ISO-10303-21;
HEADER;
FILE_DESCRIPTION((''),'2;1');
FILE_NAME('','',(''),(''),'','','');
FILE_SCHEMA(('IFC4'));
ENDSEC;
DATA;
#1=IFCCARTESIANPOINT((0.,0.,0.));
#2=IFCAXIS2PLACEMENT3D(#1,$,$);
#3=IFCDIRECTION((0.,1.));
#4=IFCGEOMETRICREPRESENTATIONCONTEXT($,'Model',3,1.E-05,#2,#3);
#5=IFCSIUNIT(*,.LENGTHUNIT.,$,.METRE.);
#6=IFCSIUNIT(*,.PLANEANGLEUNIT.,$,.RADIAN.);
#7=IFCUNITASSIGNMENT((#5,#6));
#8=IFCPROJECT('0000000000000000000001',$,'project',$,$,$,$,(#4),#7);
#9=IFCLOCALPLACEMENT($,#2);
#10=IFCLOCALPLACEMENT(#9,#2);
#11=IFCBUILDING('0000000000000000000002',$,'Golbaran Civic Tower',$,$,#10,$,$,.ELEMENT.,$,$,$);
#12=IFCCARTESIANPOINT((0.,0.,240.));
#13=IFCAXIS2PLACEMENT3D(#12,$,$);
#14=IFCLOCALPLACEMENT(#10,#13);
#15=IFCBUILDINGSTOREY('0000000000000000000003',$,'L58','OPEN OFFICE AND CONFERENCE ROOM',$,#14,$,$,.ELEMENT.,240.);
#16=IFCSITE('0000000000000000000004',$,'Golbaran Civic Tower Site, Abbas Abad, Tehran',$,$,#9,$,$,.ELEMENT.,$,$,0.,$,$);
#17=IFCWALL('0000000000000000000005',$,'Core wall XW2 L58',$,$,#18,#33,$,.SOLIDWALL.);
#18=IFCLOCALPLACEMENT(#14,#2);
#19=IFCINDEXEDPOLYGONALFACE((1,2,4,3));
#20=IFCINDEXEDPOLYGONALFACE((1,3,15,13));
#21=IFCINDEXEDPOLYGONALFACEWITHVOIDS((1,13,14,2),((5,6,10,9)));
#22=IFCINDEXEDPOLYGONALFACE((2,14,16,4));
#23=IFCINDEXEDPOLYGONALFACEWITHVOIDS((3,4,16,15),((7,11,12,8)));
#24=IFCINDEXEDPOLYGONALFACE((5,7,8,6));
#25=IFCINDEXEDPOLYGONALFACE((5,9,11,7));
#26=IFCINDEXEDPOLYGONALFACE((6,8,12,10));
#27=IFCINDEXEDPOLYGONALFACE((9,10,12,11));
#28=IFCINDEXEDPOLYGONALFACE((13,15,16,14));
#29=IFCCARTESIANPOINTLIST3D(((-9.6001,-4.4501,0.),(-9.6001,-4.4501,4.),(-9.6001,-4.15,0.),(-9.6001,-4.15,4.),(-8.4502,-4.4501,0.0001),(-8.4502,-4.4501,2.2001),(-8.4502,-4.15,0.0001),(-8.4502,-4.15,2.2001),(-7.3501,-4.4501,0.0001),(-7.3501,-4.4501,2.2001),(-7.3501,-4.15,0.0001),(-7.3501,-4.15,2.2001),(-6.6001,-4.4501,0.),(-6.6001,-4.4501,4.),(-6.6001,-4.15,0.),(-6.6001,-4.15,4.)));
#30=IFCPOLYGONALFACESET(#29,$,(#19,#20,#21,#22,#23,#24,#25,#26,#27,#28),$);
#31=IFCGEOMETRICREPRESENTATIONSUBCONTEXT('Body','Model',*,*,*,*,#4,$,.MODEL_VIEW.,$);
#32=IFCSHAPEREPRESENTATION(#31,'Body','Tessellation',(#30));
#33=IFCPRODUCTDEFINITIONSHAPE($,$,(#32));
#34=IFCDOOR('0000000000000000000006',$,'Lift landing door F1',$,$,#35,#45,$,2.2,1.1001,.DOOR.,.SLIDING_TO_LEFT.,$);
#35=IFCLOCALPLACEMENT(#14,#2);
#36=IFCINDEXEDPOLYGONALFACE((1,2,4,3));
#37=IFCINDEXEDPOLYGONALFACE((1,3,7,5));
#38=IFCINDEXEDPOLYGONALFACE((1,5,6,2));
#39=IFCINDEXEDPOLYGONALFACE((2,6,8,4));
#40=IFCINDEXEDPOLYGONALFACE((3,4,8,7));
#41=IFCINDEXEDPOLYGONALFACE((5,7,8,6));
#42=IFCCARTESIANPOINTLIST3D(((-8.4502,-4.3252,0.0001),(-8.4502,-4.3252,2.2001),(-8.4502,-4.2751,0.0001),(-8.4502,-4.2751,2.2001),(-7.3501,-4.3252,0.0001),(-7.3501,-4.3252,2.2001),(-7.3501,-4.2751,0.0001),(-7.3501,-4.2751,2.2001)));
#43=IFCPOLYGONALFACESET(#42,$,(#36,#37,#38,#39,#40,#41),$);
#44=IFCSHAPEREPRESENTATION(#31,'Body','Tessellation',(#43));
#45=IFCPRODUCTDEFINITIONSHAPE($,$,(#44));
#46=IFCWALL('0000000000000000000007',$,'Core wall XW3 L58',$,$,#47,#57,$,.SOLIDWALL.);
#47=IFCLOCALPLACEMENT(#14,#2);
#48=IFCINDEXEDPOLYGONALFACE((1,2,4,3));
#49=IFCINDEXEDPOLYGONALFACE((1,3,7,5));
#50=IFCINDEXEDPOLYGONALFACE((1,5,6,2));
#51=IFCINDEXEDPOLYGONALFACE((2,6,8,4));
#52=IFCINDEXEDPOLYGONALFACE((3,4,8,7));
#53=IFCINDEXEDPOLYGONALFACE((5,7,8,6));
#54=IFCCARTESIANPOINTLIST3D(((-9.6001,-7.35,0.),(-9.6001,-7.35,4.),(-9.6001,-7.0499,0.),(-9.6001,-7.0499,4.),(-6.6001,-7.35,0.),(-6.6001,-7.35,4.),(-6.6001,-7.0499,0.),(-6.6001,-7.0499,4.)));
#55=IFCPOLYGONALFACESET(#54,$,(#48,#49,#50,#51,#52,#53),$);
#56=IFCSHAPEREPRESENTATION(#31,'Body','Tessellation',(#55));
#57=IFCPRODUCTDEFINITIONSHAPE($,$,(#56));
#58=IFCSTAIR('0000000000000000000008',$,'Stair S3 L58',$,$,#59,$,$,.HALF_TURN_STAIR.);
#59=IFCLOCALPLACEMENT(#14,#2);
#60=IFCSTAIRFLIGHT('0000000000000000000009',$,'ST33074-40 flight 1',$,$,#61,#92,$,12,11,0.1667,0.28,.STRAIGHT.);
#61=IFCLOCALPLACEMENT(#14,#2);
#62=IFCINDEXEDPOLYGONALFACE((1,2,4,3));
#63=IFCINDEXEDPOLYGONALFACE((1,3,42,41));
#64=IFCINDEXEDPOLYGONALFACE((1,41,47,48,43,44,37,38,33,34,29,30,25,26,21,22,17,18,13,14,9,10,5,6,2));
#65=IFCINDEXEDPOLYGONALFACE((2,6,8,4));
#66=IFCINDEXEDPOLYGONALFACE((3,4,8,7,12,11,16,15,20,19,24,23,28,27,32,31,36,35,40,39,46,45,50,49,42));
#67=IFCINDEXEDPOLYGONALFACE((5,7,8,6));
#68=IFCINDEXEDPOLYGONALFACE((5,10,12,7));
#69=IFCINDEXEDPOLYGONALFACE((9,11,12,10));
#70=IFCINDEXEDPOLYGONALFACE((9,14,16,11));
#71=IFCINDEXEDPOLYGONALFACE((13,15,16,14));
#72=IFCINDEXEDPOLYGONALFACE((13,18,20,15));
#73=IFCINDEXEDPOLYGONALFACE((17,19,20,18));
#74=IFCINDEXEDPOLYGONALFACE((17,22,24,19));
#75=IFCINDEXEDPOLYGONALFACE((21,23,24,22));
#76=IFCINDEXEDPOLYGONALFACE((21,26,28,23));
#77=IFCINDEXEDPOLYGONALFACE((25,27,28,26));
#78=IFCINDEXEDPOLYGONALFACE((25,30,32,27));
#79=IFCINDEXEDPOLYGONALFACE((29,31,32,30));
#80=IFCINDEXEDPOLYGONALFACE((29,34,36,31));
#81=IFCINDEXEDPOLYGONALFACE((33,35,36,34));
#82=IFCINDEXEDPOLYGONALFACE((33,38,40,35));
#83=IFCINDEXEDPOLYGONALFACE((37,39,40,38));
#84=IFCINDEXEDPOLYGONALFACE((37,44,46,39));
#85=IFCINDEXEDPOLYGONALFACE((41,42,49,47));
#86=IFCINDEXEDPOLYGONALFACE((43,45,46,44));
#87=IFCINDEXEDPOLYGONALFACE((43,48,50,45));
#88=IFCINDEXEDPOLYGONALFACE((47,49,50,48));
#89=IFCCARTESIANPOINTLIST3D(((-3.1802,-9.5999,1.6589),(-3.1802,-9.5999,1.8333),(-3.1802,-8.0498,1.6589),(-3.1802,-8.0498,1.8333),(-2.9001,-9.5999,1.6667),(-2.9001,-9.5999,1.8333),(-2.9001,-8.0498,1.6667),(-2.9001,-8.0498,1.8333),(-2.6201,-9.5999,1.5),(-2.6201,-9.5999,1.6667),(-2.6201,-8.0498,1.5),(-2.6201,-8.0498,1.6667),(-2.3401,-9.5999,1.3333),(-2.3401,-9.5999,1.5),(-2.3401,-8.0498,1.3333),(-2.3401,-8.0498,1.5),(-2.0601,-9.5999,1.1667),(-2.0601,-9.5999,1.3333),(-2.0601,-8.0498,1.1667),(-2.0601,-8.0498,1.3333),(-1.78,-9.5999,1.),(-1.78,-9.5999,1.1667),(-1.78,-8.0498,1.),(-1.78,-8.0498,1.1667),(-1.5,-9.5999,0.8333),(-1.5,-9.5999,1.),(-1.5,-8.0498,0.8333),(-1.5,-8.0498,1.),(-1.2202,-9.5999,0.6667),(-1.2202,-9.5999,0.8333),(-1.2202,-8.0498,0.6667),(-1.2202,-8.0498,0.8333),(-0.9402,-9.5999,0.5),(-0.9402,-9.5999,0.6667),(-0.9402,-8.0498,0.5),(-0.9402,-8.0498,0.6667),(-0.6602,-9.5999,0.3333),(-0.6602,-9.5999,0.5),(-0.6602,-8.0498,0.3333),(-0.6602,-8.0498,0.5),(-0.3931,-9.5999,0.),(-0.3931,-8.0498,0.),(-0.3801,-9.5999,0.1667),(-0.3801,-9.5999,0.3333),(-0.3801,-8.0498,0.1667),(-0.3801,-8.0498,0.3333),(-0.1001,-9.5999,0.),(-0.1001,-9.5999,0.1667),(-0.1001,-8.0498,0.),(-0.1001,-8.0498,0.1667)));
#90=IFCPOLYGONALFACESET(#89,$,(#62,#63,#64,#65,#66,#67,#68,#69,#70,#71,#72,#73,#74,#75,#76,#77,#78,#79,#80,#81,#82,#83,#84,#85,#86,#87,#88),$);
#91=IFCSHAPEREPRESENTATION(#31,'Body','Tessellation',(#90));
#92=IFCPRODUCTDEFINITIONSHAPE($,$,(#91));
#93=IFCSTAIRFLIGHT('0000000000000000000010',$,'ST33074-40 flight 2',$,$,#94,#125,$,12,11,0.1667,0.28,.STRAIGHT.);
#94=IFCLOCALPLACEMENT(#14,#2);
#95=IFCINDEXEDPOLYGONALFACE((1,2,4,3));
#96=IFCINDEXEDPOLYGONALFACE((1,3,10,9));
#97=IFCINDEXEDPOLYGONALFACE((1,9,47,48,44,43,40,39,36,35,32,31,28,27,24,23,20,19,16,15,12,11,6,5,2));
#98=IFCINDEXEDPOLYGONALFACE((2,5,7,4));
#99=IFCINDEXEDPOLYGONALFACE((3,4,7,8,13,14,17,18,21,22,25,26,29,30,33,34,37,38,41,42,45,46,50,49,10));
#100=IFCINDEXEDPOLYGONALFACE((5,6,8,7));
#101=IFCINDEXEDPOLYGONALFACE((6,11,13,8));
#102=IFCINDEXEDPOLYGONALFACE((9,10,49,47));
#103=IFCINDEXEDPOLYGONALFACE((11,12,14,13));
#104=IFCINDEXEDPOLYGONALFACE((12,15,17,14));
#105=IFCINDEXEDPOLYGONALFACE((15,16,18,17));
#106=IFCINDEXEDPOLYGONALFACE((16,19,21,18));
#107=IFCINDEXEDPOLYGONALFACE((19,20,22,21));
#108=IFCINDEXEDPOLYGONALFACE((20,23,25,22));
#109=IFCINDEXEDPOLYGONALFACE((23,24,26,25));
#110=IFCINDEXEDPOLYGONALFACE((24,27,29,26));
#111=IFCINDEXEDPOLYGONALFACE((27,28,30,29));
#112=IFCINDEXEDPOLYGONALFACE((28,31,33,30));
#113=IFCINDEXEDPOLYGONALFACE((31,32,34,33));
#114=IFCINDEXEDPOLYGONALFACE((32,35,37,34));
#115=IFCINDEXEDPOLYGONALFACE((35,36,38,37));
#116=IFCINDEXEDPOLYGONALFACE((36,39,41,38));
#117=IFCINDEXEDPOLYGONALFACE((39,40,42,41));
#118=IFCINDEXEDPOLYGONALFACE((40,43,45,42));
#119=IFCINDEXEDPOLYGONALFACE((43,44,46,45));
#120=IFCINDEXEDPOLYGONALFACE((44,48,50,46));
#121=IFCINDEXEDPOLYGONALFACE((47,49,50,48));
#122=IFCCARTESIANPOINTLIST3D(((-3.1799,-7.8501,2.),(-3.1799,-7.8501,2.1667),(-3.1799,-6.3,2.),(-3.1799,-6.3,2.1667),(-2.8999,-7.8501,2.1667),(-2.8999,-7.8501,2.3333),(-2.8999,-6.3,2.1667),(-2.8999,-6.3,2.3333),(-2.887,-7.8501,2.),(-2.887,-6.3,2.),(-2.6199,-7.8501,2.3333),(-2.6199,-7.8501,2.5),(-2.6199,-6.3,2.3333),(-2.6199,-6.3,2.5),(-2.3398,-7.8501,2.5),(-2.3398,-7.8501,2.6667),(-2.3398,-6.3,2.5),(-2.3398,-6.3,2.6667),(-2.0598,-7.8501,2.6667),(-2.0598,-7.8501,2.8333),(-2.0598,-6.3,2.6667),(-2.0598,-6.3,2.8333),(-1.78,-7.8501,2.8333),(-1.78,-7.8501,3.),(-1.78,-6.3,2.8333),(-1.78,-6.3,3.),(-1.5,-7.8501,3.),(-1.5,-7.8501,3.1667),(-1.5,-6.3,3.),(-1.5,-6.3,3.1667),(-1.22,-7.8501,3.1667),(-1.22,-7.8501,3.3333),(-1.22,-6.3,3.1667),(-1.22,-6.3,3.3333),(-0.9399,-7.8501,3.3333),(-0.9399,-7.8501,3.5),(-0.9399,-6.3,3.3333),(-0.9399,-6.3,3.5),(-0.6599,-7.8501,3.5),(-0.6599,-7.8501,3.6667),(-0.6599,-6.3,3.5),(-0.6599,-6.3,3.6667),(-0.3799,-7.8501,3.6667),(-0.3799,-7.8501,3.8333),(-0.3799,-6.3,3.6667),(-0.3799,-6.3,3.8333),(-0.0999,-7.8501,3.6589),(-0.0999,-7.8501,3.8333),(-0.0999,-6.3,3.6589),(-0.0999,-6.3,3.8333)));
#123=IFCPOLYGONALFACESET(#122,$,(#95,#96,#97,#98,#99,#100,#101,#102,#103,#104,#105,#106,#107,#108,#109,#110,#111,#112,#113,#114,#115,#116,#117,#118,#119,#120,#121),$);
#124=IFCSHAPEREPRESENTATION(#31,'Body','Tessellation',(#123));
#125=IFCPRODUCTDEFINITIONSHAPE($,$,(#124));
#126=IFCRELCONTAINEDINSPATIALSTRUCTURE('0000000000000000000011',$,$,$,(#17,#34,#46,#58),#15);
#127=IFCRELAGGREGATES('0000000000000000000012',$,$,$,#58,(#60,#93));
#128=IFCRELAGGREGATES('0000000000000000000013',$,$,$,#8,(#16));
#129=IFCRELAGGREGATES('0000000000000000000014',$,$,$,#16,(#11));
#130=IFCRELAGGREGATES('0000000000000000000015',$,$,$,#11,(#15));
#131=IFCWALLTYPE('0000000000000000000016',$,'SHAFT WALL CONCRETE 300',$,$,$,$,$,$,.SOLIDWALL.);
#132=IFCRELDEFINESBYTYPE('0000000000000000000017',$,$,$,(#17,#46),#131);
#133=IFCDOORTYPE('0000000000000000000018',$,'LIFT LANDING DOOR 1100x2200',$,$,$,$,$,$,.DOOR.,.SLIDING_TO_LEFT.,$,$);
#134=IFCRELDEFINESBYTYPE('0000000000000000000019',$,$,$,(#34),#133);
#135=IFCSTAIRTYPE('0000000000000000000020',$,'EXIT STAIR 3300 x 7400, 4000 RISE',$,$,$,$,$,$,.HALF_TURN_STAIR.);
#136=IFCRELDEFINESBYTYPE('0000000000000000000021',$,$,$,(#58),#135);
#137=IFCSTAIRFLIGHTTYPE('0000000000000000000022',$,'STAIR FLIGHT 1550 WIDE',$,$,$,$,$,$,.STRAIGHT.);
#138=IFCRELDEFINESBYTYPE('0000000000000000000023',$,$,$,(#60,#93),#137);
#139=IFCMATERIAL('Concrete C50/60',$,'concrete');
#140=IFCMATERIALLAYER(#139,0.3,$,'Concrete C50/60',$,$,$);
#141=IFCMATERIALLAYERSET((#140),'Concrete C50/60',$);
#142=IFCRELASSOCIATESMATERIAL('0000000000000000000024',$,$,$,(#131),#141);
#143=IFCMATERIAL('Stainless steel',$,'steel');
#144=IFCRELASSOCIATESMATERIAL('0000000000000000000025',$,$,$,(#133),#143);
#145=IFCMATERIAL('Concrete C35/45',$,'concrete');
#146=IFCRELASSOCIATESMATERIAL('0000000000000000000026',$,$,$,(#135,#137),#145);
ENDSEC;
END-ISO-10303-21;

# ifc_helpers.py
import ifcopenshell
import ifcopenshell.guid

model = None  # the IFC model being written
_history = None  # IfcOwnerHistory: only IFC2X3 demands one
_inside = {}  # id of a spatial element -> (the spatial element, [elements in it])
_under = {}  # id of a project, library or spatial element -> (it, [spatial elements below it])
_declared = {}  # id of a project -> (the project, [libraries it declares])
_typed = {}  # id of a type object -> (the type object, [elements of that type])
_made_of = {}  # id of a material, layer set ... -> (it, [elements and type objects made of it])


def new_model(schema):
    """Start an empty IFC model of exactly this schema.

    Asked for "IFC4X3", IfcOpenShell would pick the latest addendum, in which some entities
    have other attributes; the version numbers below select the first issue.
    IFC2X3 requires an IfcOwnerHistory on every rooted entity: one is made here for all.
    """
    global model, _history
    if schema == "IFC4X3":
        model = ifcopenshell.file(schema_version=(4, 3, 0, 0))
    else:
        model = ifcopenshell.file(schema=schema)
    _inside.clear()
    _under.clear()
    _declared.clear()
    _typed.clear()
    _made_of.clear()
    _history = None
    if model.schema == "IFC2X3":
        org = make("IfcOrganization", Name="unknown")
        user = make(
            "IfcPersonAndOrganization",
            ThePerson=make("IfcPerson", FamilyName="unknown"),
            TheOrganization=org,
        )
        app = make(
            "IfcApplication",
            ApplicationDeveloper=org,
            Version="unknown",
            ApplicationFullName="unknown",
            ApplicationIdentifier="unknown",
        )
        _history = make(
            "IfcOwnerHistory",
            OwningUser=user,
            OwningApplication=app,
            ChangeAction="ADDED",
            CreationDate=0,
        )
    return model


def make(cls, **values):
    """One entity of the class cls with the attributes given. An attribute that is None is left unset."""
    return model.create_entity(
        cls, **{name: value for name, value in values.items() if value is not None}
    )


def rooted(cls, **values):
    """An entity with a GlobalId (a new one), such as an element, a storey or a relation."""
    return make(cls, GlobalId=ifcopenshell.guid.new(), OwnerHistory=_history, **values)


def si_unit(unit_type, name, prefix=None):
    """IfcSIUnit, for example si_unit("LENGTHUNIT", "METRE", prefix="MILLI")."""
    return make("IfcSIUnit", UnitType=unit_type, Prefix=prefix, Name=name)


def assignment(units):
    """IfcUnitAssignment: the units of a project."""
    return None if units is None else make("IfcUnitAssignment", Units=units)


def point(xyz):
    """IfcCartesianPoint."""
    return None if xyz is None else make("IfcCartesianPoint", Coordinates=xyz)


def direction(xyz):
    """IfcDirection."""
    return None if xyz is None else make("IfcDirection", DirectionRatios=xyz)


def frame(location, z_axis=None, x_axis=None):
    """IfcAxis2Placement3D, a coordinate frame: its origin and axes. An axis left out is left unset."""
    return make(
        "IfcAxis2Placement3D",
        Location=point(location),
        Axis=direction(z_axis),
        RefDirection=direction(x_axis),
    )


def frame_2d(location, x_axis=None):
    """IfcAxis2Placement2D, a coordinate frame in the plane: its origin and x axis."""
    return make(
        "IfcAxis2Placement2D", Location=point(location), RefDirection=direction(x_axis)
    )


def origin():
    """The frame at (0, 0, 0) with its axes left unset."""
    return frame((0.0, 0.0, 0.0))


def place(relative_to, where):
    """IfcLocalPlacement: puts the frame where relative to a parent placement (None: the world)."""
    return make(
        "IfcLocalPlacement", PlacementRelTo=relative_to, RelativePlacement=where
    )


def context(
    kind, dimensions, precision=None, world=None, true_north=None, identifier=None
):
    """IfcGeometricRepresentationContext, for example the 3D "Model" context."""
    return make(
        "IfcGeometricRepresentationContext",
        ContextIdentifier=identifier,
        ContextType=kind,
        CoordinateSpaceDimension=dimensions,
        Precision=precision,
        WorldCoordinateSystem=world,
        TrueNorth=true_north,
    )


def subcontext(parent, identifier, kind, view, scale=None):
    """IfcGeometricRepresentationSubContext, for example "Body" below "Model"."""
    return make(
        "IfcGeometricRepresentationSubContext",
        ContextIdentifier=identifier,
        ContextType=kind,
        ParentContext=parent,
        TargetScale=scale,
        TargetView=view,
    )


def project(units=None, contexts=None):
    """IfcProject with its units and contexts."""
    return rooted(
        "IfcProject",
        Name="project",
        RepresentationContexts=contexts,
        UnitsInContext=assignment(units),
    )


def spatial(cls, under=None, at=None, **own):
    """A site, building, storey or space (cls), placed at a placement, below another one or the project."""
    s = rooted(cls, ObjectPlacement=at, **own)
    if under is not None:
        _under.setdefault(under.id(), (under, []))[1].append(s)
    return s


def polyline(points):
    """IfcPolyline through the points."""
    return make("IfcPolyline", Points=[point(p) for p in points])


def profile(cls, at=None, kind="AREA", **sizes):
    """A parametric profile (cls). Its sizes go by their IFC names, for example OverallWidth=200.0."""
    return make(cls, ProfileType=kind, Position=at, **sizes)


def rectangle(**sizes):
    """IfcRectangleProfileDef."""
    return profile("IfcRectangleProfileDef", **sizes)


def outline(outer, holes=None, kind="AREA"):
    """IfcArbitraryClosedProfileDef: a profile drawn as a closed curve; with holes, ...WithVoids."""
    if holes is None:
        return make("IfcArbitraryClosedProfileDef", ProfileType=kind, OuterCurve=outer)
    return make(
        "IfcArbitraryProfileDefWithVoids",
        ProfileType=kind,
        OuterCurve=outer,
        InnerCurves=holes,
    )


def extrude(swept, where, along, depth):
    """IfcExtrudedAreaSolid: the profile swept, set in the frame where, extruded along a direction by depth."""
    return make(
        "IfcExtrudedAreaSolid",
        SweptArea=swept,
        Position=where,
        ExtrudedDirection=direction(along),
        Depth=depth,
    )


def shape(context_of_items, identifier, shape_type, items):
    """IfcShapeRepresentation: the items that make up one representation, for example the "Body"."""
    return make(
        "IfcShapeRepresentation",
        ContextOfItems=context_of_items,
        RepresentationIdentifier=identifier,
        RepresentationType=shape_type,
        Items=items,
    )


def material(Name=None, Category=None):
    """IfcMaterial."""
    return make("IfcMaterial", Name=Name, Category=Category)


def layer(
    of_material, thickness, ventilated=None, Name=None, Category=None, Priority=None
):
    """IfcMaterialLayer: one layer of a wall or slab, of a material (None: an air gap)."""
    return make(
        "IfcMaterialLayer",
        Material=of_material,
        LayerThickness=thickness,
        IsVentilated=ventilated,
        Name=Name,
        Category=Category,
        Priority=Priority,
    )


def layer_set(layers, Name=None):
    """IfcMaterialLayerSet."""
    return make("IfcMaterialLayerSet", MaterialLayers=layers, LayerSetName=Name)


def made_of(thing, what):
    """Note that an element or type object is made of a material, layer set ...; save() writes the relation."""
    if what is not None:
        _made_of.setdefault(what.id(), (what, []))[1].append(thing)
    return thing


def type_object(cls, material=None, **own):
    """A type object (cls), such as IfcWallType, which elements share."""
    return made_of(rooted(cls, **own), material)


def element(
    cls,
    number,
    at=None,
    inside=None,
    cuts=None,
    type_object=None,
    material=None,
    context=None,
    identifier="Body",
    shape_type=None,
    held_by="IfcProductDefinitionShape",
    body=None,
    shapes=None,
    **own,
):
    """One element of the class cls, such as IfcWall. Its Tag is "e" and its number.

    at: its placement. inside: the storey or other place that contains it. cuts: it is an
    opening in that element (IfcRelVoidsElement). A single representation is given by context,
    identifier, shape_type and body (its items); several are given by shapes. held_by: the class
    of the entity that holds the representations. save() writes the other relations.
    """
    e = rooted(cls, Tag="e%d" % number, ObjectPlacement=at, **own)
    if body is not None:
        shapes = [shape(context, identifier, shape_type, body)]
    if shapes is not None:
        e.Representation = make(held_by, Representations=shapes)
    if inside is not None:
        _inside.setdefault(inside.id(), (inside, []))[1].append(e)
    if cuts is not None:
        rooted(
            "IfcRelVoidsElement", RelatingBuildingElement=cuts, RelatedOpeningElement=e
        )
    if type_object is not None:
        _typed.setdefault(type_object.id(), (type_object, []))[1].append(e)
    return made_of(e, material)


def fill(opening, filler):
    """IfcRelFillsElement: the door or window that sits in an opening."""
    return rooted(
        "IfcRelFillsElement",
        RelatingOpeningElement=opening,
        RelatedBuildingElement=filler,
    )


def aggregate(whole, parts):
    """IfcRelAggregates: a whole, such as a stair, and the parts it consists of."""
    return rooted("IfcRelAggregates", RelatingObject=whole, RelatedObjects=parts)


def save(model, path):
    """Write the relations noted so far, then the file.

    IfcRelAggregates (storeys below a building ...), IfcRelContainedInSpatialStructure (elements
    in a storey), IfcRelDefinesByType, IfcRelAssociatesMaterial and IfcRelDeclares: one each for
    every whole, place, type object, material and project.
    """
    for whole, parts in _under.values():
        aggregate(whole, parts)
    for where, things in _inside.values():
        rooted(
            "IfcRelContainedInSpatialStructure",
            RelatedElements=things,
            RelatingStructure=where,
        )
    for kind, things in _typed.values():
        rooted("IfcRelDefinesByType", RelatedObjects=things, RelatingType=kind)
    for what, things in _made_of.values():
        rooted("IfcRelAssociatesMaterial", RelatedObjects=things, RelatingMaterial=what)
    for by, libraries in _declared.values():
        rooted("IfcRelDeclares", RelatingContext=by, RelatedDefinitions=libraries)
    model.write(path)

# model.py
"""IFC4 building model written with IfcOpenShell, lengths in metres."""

from ifc_helpers import new_model, si_unit, direction, frame, frame_2d, origin, place, context, subcontext, project, spatial, polyline, rectangle, outline, extrude, material, layer, layer_set, type_object, element, fill, aggregate, save


model = new_model("IFC4")

# Units and contexts
model_context = context("Model", 3, precision=1e-05, world=origin(), true_north=direction((0.0, 1.0)))
body_context = subcontext(model_context, "Body", "Model", "MODEL_VIEW")
ifc_project = project(units=[si_unit("LENGTHUNIT", "METRE"), si_unit("PLANEANGLEUNIT", "RADIAN")], contexts=[model_context])

# Site, building, storey
site_placement = place(None, origin())
site = spatial("IfcSite", under=ifc_project, at=site_placement, Name="Golbaran Civic Tower Site, Abbas Abad, Tehran", CompositionType="ELEMENT", RefElevation=0.0)
building_placement = place(site_placement, origin())
building = spatial("IfcBuilding", under=site, at=building_placement, Name="Golbaran Civic Tower", CompositionType="ELEMENT")
storey_placement = place(building_placement, frame((0.0, 0.0, 240.0)))
storey = spatial("IfcBuildingStorey", under=building, at=storey_placement, Name="L58", Description="OPEN OFFICE AND CONFERENCE ROOM", CompositionType="ELEMENT", Elevation=240.0)

# Shared definitions
ifc_material_1 = material(Name="Concrete C50/60", Category="concrete")

# Shared definitions
ifc_layer_1 = layer(ifc_material_1, 0.3, Name="Concrete C50/60")
ifc_layer_set_1 = layer_set([ifc_layer_1], Name="Concrete C50/60")
wall_type_1 = type_object("IfcWallType", Name="SHAFT WALL CONCRETE 300", PredefinedType="SOLIDWALL", material=ifc_layer_set_1)

# Wall, opening, door
wall_1_placement = place(storey_placement, frame((-9.6001, -4.3, 0.0), z_axis=(0.0, 0.0, 1.0), x_axis=(1.0, 0.0, 0.0)))
wall_1 = element("IfcWall", 1, at=wall_1_placement, inside=storey, type_object=wall_type_1, Name="Core wall XW2 L58", PredefinedType="SOLIDWALL", context=body_context, shape_type="SweptSolid", body=[
    extrude(rectangle(XDim=3.0, YDim=0.3, at=frame_2d((1.5, 0.0))), origin(), (0.0, 0.0, 1.0), 4.0),
])
opening_1_placement = place(wall_1_placement, frame((1.1499, 0.0, 0.0)))
opening_1 = element("IfcOpeningElement", 2, at=opening_1_placement, cuts=wall_1, PredefinedType="OPENING", context=body_context, shape_type="SweptSolid", body=[
    extrude(rectangle(XDim=1.1001, YDim=2.2, at=frame_2d((0.55, 1.1001))), frame((0.0, 0.1599, 0.0), z_axis=(0.0, -1.0, 0.0), x_axis=(1.0, 0.0, 0.0)), (0.0, 0.0, 1.0), 0.3201),
])
ifc_material_2 = material(Name="Stainless steel", Category="steel")
door_type_1 = type_object("IfcDoorType", Name="LIFT LANDING DOOR 1100x2200", OperationType="SLIDING_TO_LEFT", PredefinedType="DOOR", material=ifc_material_2)
door_1_placement = place(opening_1_placement, origin())
door_1 = element("IfcDoor", 3, at=door_1_placement, inside=storey, type_object=door_type_1, Name="Lift landing door F1", OperationType="SLIDING_TO_LEFT", OverallHeight=2.2, OverallWidth=1.1001, PredefinedType="DOOR", context=body_context, shape_type="SweptSolid", body=[
    extrude(rectangle(XDim=1.1001, YDim=2.2, at=frame_2d((0.55, 1.1001))), frame((0.0, 0.0249, 0.0), z_axis=(0.0, -1.0, 0.0), x_axis=(1.0, 0.0, 0.0)), (0.0, 0.0, 1.0), 0.05),
])
fill(opening_1, door_1)

# Wall
wall_2_placement = place(storey_placement, frame((-9.6001, -7.2, 0.0), z_axis=(0.0, 0.0, 1.0), x_axis=(1.0, 0.0, 0.0)))
element("IfcWall", 4, at=wall_2_placement, inside=storey, type_object=wall_type_1, Name="Core wall XW3 L58", PredefinedType="SOLIDWALL", context=body_context, shape_type="SweptSolid", body=[
    extrude(rectangle(XDim=3.0, YDim=0.3, at=frame_2d((1.5, 0.0))), origin(), (0.0, 0.0, 1.0), 4.0),
])

# Stair, stair flights
ifc_material_3 = material(Name="Concrete C35/45", Category="concrete")
stair_type = type_object("IfcStairType", Name="EXIT STAIR 3300 x 7400, 4000 RISE", PredefinedType="HALF_TURN_STAIR", material=ifc_material_3)
stair_placement = place(storey_placement, origin())
stair = element("IfcStair", 5, at=stair_placement, inside=storey, type_object=stair_type, Name="Stair S3 L58", PredefinedType="HALF_TURN_STAIR")
stair_flight_type = type_object("IfcStairFlightType", Name="STAIR FLIGHT 1550 WIDE", PredefinedType="STRAIGHT", material=ifc_material_3)
stair_flight_1_placement = place(storey_placement, frame((-0.1001, -8.825, 0.0), z_axis=(0.0, 0.0, 1.0), x_axis=(-1.0, 0.0, 0.0)))
stair_flight_1 = element("IfcStairFlight", 6, at=stair_flight_1_placement, type_object=stair_flight_type, Name="ST33074-40 flight 1", NumberOfRisers=12, NumberOfTreads=11, PredefinedType="STRAIGHT", RiserHeight=0.1667, TreadLength=0.28, context=body_context, shape_type="SweptSolid", body=[
    extrude(outline(polyline([(0.0, 0.0), (0.0, 0.1667), (0.28, 0.1667), (0.28, 0.3333), (0.5601, 0.3333), (0.5601, 0.5), (0.8401, 0.5), (0.8401, 0.6667), (1.1201, 0.6667), (1.1201, 0.8333), (1.3999, 0.8333), (1.3999, 1.0), (1.6799, 1.0), (1.6799, 1.1667), (1.96, 1.1667), (1.96, 1.3333), (2.24, 1.3333), (2.24, 1.5), (2.52, 1.5), (2.52, 1.6667), (2.8, 1.6667), (2.8, 1.8333), (3.0801, 1.8333), (3.0801, 2.0), (3.0801, 1.6589), (0.293, 0.0), (0.0, 0.0)])), frame((0.0, 0.7749, 0.0), z_axis=(0.0, -1.0, 0.0), x_axis=(1.0, 0.0, 0.0)), (0.0, 0.0, 1.0), 1.55),
])
stair_flight_2_placement = place(storey_placement, frame((-3.1799, -7.075, 2.0), z_axis=(0.0, 0.0, 1.0), x_axis=(1.0, 0.0, 0.0)))
stair_flight_2 = element("IfcStairFlight", 7, at=stair_flight_2_placement, type_object=stair_flight_type, Name="ST33074-40 flight 2", NumberOfRisers=12, NumberOfTreads=11, PredefinedType="STRAIGHT", RiserHeight=0.1667, TreadLength=0.28, context=body_context, shape_type="SweptSolid", body=[
    extrude(outline(polyline([(0.0, 0.0), (0.0, 0.1667), (0.28, 0.1667), (0.28, 0.3333), (0.5601, 0.3333), (0.5601, 0.5), (0.8401, 0.5), (0.8401, 0.6667), (1.1201, 0.6667), (1.1201, 0.8333), (1.3999, 0.8333), (1.3999, 1.0), (1.6799, 1.0), (1.6799, 1.1667), (1.96, 1.1667), (1.96, 1.3333), (2.24, 1.3333), (2.24, 1.5), (2.52, 1.5), (2.52, 1.6667), (2.8, 1.6667), (2.8, 1.8333), (3.0801, 1.8333), (3.0801, 2.0), (3.0801, 1.6589), (0.293, 0.0), (0.0, 0.0)])), frame((0.0, 0.7749, 0.0), z_axis=(0.0, -1.0, 0.0), x_axis=(1.0, 0.0, 0.0)), (0.0, 0.0, 1.0), 1.55),
])
aggregate(stair, [stair_flight_1, stair_flight_2])

save(model, "model.ifc")
